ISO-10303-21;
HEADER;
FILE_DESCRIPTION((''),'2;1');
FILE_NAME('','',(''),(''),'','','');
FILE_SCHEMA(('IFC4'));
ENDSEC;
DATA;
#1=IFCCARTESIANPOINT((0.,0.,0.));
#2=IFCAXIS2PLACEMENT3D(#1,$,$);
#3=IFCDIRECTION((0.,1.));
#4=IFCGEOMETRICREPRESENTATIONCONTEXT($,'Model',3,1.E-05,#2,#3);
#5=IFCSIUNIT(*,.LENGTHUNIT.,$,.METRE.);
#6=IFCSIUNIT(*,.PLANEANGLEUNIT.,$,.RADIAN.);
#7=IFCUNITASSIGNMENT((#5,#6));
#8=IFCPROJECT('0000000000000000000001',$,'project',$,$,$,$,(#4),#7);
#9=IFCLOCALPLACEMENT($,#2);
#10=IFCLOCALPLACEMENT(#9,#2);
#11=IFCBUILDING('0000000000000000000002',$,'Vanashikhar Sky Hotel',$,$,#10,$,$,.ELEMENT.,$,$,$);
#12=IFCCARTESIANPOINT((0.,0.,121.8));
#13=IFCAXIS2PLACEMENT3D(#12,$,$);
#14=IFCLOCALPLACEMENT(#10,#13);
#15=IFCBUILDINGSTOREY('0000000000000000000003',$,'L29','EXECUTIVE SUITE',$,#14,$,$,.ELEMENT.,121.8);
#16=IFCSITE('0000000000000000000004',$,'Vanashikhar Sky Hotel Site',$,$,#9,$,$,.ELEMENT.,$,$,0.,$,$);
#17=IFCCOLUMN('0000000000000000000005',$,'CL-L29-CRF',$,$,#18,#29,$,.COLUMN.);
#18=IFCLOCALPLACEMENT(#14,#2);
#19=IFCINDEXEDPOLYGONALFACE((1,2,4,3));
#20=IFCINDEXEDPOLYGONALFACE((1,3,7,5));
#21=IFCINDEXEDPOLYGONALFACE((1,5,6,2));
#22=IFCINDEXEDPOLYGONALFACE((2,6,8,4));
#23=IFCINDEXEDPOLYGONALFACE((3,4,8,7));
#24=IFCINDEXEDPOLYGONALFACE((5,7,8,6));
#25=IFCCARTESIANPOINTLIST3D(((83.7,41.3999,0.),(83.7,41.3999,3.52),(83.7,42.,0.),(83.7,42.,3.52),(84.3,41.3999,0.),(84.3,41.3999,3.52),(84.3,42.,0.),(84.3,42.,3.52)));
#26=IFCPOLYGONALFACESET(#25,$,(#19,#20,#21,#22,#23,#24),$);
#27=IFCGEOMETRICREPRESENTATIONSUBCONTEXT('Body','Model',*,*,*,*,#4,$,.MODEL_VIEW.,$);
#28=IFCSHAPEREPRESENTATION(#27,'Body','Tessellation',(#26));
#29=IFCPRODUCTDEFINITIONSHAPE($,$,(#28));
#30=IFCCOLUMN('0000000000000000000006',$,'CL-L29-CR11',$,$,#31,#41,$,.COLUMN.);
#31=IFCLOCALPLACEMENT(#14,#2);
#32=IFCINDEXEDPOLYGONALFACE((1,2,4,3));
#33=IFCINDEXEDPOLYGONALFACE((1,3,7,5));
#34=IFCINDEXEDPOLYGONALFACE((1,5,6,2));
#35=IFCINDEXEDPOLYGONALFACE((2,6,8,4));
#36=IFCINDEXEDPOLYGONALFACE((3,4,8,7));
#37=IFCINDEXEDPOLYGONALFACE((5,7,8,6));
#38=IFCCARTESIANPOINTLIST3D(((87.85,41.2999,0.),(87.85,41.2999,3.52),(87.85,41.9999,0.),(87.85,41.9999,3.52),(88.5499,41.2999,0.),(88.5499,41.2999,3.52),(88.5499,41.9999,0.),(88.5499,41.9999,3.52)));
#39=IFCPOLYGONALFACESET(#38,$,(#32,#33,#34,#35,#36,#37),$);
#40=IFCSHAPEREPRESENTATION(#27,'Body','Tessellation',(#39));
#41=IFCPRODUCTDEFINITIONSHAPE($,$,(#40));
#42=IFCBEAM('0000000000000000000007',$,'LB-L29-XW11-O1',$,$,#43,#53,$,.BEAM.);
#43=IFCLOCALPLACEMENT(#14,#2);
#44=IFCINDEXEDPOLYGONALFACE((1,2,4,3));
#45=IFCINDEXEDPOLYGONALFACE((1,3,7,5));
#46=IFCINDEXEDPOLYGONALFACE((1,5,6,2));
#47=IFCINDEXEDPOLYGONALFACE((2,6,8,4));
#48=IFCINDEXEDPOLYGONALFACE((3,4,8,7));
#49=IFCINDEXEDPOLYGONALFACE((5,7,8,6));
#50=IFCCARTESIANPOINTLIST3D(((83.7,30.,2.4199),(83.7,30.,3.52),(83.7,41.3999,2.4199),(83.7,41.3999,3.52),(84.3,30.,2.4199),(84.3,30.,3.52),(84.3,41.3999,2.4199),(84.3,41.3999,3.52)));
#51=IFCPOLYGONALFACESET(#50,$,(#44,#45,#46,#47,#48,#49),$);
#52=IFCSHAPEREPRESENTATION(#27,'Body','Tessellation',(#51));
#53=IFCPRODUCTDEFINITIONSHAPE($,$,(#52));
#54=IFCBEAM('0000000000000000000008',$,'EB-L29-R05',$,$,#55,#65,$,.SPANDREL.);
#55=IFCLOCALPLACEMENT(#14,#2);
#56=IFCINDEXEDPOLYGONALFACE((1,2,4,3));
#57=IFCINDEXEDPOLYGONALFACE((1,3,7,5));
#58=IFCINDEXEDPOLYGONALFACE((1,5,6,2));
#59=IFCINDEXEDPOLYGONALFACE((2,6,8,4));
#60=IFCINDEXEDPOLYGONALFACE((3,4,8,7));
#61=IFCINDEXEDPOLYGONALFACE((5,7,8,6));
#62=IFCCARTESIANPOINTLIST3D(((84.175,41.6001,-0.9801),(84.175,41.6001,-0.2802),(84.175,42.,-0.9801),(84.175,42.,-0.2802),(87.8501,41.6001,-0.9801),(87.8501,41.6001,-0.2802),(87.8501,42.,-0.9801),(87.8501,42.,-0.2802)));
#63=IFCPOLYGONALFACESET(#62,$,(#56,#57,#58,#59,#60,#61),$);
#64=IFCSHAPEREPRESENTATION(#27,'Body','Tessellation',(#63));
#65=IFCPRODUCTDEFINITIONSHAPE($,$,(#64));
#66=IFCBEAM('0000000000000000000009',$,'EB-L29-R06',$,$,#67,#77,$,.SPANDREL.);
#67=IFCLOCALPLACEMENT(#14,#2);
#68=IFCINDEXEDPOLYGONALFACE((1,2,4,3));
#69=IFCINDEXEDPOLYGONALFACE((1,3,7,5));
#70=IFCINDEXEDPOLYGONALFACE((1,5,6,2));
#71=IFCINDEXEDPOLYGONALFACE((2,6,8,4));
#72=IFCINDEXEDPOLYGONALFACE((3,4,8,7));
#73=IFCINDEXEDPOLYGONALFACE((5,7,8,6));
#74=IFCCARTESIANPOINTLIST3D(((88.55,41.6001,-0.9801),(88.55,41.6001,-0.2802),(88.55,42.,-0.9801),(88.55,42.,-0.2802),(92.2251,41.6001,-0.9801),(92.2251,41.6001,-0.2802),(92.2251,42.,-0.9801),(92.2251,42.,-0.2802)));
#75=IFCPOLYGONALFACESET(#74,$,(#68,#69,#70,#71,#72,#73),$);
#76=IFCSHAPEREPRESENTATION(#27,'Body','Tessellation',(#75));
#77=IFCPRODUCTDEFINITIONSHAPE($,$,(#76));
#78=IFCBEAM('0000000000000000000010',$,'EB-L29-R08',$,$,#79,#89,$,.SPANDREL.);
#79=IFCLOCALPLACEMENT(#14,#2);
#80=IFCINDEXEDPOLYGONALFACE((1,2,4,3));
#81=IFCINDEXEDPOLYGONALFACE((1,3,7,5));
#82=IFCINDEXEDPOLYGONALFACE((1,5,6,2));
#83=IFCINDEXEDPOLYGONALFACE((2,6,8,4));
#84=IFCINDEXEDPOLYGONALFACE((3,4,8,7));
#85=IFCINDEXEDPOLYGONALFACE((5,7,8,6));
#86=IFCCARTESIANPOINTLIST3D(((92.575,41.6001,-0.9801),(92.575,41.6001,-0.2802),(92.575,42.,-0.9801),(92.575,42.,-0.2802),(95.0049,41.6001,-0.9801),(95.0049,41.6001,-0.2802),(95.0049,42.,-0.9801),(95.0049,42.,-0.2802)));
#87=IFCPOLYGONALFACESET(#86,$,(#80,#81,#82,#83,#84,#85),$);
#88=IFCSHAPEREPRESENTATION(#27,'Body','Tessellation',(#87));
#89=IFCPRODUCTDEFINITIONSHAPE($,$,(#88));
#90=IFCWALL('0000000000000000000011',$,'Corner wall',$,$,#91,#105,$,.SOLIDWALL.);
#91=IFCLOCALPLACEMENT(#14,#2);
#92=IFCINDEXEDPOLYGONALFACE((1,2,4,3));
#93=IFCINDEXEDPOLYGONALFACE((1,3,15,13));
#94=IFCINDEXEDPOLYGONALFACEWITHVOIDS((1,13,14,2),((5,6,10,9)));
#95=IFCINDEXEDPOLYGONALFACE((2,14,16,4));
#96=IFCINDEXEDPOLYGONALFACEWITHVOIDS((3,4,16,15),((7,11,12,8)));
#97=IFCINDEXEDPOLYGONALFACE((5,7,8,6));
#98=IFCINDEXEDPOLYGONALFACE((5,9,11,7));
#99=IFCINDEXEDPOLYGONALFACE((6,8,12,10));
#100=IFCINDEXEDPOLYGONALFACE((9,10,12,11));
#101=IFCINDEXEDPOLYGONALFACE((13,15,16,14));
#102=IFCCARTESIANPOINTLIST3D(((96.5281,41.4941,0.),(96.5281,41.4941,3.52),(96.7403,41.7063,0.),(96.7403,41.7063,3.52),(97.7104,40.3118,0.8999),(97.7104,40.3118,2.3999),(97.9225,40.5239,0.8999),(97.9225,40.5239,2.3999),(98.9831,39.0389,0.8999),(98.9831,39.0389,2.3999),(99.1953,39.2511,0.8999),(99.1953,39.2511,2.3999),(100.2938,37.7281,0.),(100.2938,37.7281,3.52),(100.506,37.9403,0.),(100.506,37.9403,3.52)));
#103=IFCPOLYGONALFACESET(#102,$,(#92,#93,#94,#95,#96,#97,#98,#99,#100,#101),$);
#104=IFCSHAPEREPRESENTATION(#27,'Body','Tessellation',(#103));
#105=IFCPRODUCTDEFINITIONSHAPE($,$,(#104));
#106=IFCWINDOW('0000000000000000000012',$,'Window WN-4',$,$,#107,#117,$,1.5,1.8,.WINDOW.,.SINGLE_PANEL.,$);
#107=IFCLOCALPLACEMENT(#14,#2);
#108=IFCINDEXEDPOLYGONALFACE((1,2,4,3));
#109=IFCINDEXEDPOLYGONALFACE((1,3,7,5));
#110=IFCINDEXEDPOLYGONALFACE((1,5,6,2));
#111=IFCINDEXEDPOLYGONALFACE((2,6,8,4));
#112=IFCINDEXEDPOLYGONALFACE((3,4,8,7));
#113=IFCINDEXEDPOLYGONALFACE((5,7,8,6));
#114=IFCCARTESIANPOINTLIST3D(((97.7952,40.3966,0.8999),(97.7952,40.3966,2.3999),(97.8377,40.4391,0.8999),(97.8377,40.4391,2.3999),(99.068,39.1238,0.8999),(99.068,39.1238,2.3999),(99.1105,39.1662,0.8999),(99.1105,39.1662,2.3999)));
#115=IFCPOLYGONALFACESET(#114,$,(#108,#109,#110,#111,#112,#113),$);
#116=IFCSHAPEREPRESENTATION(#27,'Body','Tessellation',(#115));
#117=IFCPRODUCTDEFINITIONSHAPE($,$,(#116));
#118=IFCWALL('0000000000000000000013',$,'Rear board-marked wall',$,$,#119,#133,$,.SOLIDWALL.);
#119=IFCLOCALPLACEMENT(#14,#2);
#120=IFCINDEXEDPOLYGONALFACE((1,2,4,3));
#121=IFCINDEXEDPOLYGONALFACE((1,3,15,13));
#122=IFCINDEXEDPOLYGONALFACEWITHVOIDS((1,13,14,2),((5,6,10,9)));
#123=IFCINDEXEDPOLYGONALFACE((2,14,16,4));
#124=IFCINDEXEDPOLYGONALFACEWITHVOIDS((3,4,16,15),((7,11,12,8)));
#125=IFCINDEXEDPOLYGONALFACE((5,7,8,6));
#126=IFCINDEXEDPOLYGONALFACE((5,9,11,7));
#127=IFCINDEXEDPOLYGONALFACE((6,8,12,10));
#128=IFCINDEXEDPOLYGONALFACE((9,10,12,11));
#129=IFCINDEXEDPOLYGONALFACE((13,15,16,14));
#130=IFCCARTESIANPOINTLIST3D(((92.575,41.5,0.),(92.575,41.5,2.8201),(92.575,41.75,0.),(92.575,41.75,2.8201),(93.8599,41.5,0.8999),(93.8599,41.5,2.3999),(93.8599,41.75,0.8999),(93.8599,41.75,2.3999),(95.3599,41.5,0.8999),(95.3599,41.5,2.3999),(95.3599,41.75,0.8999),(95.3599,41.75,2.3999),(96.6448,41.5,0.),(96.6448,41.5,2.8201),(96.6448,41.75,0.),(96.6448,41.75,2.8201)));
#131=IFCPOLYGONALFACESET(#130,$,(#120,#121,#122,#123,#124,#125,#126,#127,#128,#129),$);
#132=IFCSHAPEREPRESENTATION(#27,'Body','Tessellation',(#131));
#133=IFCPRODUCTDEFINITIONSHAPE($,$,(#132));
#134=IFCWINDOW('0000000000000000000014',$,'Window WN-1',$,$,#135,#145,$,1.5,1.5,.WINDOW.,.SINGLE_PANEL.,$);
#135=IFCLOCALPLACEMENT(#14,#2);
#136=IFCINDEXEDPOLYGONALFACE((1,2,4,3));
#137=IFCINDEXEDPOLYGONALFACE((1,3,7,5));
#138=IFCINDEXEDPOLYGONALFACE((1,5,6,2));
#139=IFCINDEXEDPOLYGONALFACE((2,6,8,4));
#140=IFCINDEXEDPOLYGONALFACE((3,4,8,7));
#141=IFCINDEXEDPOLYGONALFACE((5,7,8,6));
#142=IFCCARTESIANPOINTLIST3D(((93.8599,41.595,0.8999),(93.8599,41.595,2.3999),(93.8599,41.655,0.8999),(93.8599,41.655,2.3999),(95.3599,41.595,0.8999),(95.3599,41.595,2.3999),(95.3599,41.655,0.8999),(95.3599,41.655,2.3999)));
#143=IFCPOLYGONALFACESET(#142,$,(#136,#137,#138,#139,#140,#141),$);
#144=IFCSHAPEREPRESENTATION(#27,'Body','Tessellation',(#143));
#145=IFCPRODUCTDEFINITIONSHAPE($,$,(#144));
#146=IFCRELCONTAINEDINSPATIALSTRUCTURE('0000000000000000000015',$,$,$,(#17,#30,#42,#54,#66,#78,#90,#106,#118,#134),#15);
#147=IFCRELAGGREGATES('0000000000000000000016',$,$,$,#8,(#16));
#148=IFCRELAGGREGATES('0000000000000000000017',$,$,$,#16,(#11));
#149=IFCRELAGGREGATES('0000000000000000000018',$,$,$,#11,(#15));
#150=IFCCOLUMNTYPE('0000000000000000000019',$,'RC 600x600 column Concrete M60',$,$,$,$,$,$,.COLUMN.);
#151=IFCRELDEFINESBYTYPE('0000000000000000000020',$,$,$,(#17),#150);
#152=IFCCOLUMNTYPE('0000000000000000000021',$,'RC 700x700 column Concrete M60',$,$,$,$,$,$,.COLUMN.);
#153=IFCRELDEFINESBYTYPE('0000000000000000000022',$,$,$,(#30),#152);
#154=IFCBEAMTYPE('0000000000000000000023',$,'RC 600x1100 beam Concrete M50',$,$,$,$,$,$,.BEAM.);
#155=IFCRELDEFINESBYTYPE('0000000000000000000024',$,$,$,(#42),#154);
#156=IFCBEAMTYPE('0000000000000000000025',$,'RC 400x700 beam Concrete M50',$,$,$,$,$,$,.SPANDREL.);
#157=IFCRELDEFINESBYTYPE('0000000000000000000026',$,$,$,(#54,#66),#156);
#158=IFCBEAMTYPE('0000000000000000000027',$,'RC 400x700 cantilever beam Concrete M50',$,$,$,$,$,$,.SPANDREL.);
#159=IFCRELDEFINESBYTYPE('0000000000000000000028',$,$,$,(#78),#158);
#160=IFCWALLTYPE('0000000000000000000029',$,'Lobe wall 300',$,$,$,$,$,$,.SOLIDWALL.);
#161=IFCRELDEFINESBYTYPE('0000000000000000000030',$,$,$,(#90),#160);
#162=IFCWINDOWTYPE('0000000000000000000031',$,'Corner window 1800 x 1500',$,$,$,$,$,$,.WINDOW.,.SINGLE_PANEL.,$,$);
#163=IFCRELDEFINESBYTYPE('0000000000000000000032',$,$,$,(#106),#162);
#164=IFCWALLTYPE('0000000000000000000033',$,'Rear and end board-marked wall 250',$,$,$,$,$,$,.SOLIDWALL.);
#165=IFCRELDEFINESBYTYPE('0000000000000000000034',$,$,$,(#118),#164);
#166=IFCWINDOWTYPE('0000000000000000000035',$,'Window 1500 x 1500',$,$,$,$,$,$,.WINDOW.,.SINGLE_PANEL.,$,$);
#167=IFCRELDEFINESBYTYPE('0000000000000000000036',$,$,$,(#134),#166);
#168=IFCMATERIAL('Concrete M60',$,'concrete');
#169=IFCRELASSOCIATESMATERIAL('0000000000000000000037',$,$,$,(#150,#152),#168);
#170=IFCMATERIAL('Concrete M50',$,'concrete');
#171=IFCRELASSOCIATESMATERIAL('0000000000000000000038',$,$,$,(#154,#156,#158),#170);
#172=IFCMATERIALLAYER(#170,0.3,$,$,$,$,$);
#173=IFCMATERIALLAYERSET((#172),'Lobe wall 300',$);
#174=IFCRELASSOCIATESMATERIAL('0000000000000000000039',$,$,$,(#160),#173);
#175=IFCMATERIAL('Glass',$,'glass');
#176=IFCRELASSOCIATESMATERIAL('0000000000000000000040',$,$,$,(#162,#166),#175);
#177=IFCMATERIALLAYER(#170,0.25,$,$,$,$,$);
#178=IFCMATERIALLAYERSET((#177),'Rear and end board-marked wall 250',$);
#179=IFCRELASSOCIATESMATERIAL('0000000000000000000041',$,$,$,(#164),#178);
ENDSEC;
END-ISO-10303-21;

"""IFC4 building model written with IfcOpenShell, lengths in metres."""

from ifc_helpers import new_model, si_unit, direction, frame, frame_2d, origin, origin_2d, place, context, subcontext, project, spatial, rectangle, extrude, source, transform, mapped, material, layer, layer_set, material_profile, profile_set, type_object, element, fill, save


model = new_model("IFC4")

# Units and contexts
model_context = context("Model", 3, precision=1e-05, world=origin(), true_north=direction((0.0, 1.0)))
body_context = subcontext(model_context, "Body", "Model", "MODEL_VIEW")
ifc_project = project(units=[si_unit("LENGTHUNIT", "METRE"), si_unit("PLANEANGLEUNIT", "RADIAN")], contexts=[model_context])

# Site, building, storey
site_placement = place(None, origin())
site = spatial("IfcSite", under=ifc_project, at=site_placement, Name="Vanashikhar Sky Hotel Site", CompositionType="ELEMENT", RefElevation=0.0)
building_placement = place(site_placement, origin())
building = spatial("IfcBuilding", under=site, at=building_placement, Name="Vanashikhar Sky Hotel", CompositionType="ELEMENT")
storey_placement = place(building_placement, frame((0.0, 0.0, 121.8)))
storey = spatial("IfcBuildingStorey", under=building, at=storey_placement, Name="L29", Description="EXECUTIVE SUITE", CompositionType="ELEMENT", Elevation=121.8)

# Columns
ifc_material_1 = material(Name="Concrete M60", Category="concrete")
ifc_material_profile_1 = material_profile(ifc_material_1, rectangle(XDim=0.6001, YDim=0.6001, at=origin_2d()))
ifc_profile_set_1 = profile_set([ifc_material_profile_1], Name="RC 600x600 column Concrete M60")
column_type_1 = type_object("IfcColumnType", Name="RC 600x600 column Concrete M60", PredefinedType="COLUMN", material=ifc_profile_set_1)
shared_shape_1 = source(origin(), body_context, "Body", "SweptSolid", [
    extrude(rectangle(XDim=0.6001, YDim=0.6001, at=origin_2d()), origin(), (0.0, 0.0, 1.0), 3.52),
])
column_1_placement = place(storey_placement, frame((84.0, 41.7, 0.0), z_axis=(0.0, 0.0, 1.0), x_axis=(1.0, 0.0, 0.0)))
element("IfcColumn", 1, at=column_1_placement, inside=storey, type_object=column_type_1, Name="CL-L29-CRF", PredefinedType="COLUMN", context=body_context, shape_type="MappedRepresentation", body=[
    mapped(shared_shape_1, transform((0.0, 0.0, 0.0), scale=1.0)),
])
ifc_material_profile_2 = material_profile(ifc_material_1, rectangle(XDim=0.7, YDim=0.7, at=origin_2d()))
ifc_profile_set_2 = profile_set([ifc_material_profile_2], Name="RC 700x700 column Concrete M60")
column_type_2 = type_object("IfcColumnType", Name="RC 700x700 column Concrete M60", PredefinedType="COLUMN", material=ifc_profile_set_2)
shared_shape_2 = source(origin(), body_context, "Body", "SweptSolid", [
    extrude(rectangle(XDim=0.7, YDim=0.7, at=origin_2d()), origin(), (0.0, 0.0, 1.0), 3.52),
])
column_2_placement = place(storey_placement, frame((88.2, 41.6499, 0.0), z_axis=(0.0, 0.0, 1.0), x_axis=(1.0, 0.0, 0.0)))
element("IfcColumn", 2, at=column_2_placement, inside=storey, type_object=column_type_2, Name="CL-L29-CR11", PredefinedType="COLUMN", context=body_context, shape_type="MappedRepresentation", body=[
    mapped(shared_shape_2, transform((0.0, 0.0, 0.0), scale=1.0)),
])

# Beams
ifc_material_2 = material(Name="Concrete M50", Category="concrete")
ifc_material_profile_3 = material_profile(ifc_material_2, rectangle(XDim=0.6001, YDim=1.1001, at=origin_2d()))
ifc_profile_set_3 = profile_set([ifc_material_profile_3], Name="RC 600x1100 beam Concrete M50")
beam_type_1 = type_object("IfcBeamType", Name="RC 600x1100 beam Concrete M50", PredefinedType="BEAM", material=ifc_profile_set_3)
shared_shape_3 = source(origin(), body_context, "Body", "SweptSolid", [
    extrude(rectangle(XDim=0.6001, YDim=1.1001, at=origin_2d()), origin(), (0.0, 0.0, 1.0), 11.3999),
])
beam_1_placement = place(storey_placement, frame((84.0, 30.0, 2.97), z_axis=(0.0, 1.0, 0.0), x_axis=(-1.0, 0.0, 0.0)))
element("IfcBeam", 3, at=beam_1_placement, inside=storey, type_object=beam_type_1, Name="LB-L29-XW11-O1", PredefinedType="BEAM", context=body_context, shape_type="MappedRepresentation", body=[
    mapped(shared_shape_3, transform((0.0, 0.0, 0.0), scale=1.0)),
])
ifc_material_profile_4 = material_profile(ifc_material_2, rectangle(XDim=0.3999, YDim=0.7, at=origin_2d()))
ifc_profile_set_4 = profile_set([ifc_material_profile_4], Name="RC 400x700 beam Concrete M50")
beam_type_2 = type_object("IfcBeamType", Name="RC 400x700 beam Concrete M50", PredefinedType="SPANDREL", material=ifc_profile_set_4)
shared_shape_4 = source(origin(), body_context, "Body", "SweptSolid", [
    extrude(rectangle(XDim=0.3999, YDim=0.7, at=origin_2d()), origin(), (0.0, 0.0, 1.0), 3.675),
])
for number, where, z_axis, x_axis, name in (
    (4, (84.175, 41.8, -0.6301), (1.0, 0.0, 0.0), (0.0, 1.0, 0.0), "EB-L29-R05"),
    (5, (88.55, 41.8, -0.6301), (1.0, 0.0, 0.0), (0.0, 1.0, 0.0), "EB-L29-R06"),
):
    element("IfcBeam", number, at=place(storey_placement, frame(where, z_axis=z_axis, x_axis=x_axis)), inside=storey, type_object=beam_type_2, Name=name, PredefinedType="SPANDREL", context=body_context, shape_type="MappedRepresentation", body=[
        mapped(shared_shape_4, transform((0.0, 0.0, 0.0), scale=1.0)),
    ])
ifc_material_profile_5 = material_profile(ifc_material_2, rectangle(XDim=0.3999, YDim=0.7, at=origin_2d()))
ifc_profile_set_5 = profile_set([ifc_material_profile_5], Name="RC 400x700 cantilever beam Concrete M50")
beam_type_3 = type_object("IfcBeamType", Name="RC 400x700 cantilever beam Concrete M50", PredefinedType="SPANDREL", material=ifc_profile_set_5)
shared_shape_5 = source(origin(), body_context, "Body", "SweptSolid", [
    extrude(rectangle(XDim=0.3999, YDim=0.7, at=origin_2d()), origin(), (0.0, 0.0, 1.0), 2.4299),
])
beam_2_placement = place(storey_placement, frame((92.575, 41.8, -0.6301), z_axis=(1.0, 0.0, 0.0), x_axis=(0.0, 1.0, 0.0)))
element("IfcBeam", 6, at=beam_2_placement, inside=storey, type_object=beam_type_3, Name="EB-L29-R08", PredefinedType="SPANDREL", context=body_context, shape_type="MappedRepresentation", body=[
    mapped(shared_shape_5, transform((0.0, 0.0, 0.0), scale=1.0)),
])

# Walls, openings, windows
ifc_layer_1 = layer(ifc_material_2, 0.3)
ifc_layer_set_1 = layer_set([ifc_layer_1], Name="Lobe wall 300")
wall_type_1 = type_object("IfcWallType", Name="Lobe wall 300", PredefinedType="SOLIDWALL", material=ifc_layer_set_1)
shared_shape_6 = source(origin(), body_context, "Body", "SweptSolid", [
    extrude(rectangle(XDim=5.3257, YDim=0.3, at=frame_2d((2.6628, 0.0))), origin(), (0.0, 0.0, 1.0), 3.52),
])
wall_1_placement = place(storey_placement, frame((100.3999, 37.8342, 0.0), z_axis=(0.0, 0.0, 1.0), x_axis=(-0.707084, 0.70713, 0.0)))
wall_1 = element("IfcWall", 7, at=wall_1_placement, inside=storey, type_object=wall_type_1, Name="Corner wall", PredefinedType="SOLIDWALL", context=body_context, shape_type="MappedRepresentation", body=[
    mapped(shared_shape_6, transform((0.0, 0.0, 0.0), scale=1.0)),
])
shared_shape_7 = source(origin(), body_context, "Body", "SweptSolid", [
    extrude(rectangle(XDim=1.8, YDim=1.5, at=frame_2d((0.8999, 0.75))), frame((0.0, 0.1602, 0.0), z_axis=(0.0, -1.0, 0.0), x_axis=(1.0, 0.0, 0.0)), (0.0, 0.0, 1.0), 0.3201),
])
opening_1_placement = place(wall_1_placement, frame((1.8538, 0.0, 0.8999)))
opening_1 = element("IfcOpeningElement", 8, at=opening_1_placement, cuts=wall_1, PredefinedType="OPENING", context=body_context, shape_type="MappedRepresentation", body=[
    mapped(shared_shape_7, transform((0.0, 0.0, 0.0), scale=1.0)),
])
ifc_material_3 = material(Name="Glass", Category="glass")
window_type_1 = type_object("IfcWindowType", Name="Corner window 1800 x 1500", PartitioningType="SINGLE_PANEL", PredefinedType="WINDOW", material=ifc_material_3)
shared_shape_8 = source(origin(), body_context, "Body", "SweptSolid", [
    extrude(rectangle(XDim=1.8, YDim=1.5, at=frame_2d((0.8999, 0.75))), frame((0.0, 0.03, 0.0), z_axis=(0.0, -1.0, 0.0), x_axis=(1.0, 0.0, 0.0)), (0.0, 0.0, 1.0), 0.0601),
])
window_1_placement = place(opening_1_placement, origin())
window_1 = element("IfcWindow", 9, at=window_1_placement, inside=storey, type_object=window_type_1, Name="Window WN-4", OverallHeight=1.5, OverallWidth=1.8, PartitioningType="SINGLE_PANEL", PredefinedType="WINDOW", context=body_context, shape_type="MappedRepresentation", body=[
    mapped(shared_shape_8, transform((0.0, 0.0, 0.0), scale=1.0)),
])
fill(opening_1, window_1)
ifc_layer_2 = layer(ifc_material_2, 0.25)
ifc_layer_set_2 = layer_set([ifc_layer_2], Name="Rear and end board-marked wall 250")
wall_type_2 = type_object("IfcWallType", Name="Rear and end board-marked wall 250", PredefinedType="SOLIDWALL", material=ifc_layer_set_2)
shared_shape_9 = source(origin(), body_context, "Body", "SweptSolid", [
    extrude(rectangle(XDim=4.0698, YDim=0.25, at=frame_2d((2.0349, 0.0))), origin(), (0.0, 0.0, 1.0), 2.8201),
])
wall_2_placement = place(storey_placement, frame((96.6448, 41.625, 0.0), z_axis=(0.0, 0.0, 1.0), x_axis=(-1.0, 0.0, 0.0)))
wall_2 = element("IfcWall", 10, at=wall_2_placement, inside=storey, type_object=wall_type_2, Name="Rear board-marked wall", PredefinedType="SOLIDWALL", context=body_context, shape_type="MappedRepresentation", body=[
    mapped(shared_shape_9, transform((0.0, 0.0, 0.0), scale=1.0)),
])
shared_shape_10 = source(origin(), body_context, "Body", "SweptSolid", [
    extrude(rectangle(XDim=1.5, YDim=1.5, at=frame_2d((0.75, 0.75))), frame((0.0, 0.135, 0.0), z_axis=(0.0, -1.0, 0.0), x_axis=(1.0, 0.0, 0.0)), (0.0, 0.0, 1.0), 0.27),
])
opening_2_placement = place(wall_2_placement, frame((1.2849, 0.0, 0.8999)))
opening_2 = element("IfcOpeningElement", 11, at=opening_2_placement, cuts=wall_2, PredefinedType="OPENING", context=body_context, shape_type="MappedRepresentation", body=[
    mapped(shared_shape_10, transform((0.0, 0.0, 0.0), scale=1.0)),
])
window_type_2 = type_object("IfcWindowType", Name="Window 1500 x 1500", PartitioningType="SINGLE_PANEL", PredefinedType="WINDOW", material=ifc_material_3)
shared_shape_11 = source(origin(), body_context, "Body", "SweptSolid", [
    extrude(rectangle(XDim=1.5, YDim=1.5, at=frame_2d((0.75, 0.75))), frame((0.0, 0.03, 0.0), z_axis=(0.0, -1.0, 0.0), x_axis=(1.0, 0.0, 0.0)), (0.0, 0.0, 1.0), 0.0601),
])
window_2_placement = place(opening_2_placement, origin())
window_2 = element("IfcWindow", 12, at=window_2_placement, inside=storey, type_object=window_type_2, Name="Window WN-1", OverallHeight=1.5, OverallWidth=1.5, PartitioningType="SINGLE_PANEL", PredefinedType="WINDOW", context=body_context, shape_type="MappedRepresentation", body=[
    mapped(shared_shape_11, transform((0.0, 0.0, 0.0), scale=1.0)),
])
fill(opening_2, window_2)

save(model, "model.ifc")
